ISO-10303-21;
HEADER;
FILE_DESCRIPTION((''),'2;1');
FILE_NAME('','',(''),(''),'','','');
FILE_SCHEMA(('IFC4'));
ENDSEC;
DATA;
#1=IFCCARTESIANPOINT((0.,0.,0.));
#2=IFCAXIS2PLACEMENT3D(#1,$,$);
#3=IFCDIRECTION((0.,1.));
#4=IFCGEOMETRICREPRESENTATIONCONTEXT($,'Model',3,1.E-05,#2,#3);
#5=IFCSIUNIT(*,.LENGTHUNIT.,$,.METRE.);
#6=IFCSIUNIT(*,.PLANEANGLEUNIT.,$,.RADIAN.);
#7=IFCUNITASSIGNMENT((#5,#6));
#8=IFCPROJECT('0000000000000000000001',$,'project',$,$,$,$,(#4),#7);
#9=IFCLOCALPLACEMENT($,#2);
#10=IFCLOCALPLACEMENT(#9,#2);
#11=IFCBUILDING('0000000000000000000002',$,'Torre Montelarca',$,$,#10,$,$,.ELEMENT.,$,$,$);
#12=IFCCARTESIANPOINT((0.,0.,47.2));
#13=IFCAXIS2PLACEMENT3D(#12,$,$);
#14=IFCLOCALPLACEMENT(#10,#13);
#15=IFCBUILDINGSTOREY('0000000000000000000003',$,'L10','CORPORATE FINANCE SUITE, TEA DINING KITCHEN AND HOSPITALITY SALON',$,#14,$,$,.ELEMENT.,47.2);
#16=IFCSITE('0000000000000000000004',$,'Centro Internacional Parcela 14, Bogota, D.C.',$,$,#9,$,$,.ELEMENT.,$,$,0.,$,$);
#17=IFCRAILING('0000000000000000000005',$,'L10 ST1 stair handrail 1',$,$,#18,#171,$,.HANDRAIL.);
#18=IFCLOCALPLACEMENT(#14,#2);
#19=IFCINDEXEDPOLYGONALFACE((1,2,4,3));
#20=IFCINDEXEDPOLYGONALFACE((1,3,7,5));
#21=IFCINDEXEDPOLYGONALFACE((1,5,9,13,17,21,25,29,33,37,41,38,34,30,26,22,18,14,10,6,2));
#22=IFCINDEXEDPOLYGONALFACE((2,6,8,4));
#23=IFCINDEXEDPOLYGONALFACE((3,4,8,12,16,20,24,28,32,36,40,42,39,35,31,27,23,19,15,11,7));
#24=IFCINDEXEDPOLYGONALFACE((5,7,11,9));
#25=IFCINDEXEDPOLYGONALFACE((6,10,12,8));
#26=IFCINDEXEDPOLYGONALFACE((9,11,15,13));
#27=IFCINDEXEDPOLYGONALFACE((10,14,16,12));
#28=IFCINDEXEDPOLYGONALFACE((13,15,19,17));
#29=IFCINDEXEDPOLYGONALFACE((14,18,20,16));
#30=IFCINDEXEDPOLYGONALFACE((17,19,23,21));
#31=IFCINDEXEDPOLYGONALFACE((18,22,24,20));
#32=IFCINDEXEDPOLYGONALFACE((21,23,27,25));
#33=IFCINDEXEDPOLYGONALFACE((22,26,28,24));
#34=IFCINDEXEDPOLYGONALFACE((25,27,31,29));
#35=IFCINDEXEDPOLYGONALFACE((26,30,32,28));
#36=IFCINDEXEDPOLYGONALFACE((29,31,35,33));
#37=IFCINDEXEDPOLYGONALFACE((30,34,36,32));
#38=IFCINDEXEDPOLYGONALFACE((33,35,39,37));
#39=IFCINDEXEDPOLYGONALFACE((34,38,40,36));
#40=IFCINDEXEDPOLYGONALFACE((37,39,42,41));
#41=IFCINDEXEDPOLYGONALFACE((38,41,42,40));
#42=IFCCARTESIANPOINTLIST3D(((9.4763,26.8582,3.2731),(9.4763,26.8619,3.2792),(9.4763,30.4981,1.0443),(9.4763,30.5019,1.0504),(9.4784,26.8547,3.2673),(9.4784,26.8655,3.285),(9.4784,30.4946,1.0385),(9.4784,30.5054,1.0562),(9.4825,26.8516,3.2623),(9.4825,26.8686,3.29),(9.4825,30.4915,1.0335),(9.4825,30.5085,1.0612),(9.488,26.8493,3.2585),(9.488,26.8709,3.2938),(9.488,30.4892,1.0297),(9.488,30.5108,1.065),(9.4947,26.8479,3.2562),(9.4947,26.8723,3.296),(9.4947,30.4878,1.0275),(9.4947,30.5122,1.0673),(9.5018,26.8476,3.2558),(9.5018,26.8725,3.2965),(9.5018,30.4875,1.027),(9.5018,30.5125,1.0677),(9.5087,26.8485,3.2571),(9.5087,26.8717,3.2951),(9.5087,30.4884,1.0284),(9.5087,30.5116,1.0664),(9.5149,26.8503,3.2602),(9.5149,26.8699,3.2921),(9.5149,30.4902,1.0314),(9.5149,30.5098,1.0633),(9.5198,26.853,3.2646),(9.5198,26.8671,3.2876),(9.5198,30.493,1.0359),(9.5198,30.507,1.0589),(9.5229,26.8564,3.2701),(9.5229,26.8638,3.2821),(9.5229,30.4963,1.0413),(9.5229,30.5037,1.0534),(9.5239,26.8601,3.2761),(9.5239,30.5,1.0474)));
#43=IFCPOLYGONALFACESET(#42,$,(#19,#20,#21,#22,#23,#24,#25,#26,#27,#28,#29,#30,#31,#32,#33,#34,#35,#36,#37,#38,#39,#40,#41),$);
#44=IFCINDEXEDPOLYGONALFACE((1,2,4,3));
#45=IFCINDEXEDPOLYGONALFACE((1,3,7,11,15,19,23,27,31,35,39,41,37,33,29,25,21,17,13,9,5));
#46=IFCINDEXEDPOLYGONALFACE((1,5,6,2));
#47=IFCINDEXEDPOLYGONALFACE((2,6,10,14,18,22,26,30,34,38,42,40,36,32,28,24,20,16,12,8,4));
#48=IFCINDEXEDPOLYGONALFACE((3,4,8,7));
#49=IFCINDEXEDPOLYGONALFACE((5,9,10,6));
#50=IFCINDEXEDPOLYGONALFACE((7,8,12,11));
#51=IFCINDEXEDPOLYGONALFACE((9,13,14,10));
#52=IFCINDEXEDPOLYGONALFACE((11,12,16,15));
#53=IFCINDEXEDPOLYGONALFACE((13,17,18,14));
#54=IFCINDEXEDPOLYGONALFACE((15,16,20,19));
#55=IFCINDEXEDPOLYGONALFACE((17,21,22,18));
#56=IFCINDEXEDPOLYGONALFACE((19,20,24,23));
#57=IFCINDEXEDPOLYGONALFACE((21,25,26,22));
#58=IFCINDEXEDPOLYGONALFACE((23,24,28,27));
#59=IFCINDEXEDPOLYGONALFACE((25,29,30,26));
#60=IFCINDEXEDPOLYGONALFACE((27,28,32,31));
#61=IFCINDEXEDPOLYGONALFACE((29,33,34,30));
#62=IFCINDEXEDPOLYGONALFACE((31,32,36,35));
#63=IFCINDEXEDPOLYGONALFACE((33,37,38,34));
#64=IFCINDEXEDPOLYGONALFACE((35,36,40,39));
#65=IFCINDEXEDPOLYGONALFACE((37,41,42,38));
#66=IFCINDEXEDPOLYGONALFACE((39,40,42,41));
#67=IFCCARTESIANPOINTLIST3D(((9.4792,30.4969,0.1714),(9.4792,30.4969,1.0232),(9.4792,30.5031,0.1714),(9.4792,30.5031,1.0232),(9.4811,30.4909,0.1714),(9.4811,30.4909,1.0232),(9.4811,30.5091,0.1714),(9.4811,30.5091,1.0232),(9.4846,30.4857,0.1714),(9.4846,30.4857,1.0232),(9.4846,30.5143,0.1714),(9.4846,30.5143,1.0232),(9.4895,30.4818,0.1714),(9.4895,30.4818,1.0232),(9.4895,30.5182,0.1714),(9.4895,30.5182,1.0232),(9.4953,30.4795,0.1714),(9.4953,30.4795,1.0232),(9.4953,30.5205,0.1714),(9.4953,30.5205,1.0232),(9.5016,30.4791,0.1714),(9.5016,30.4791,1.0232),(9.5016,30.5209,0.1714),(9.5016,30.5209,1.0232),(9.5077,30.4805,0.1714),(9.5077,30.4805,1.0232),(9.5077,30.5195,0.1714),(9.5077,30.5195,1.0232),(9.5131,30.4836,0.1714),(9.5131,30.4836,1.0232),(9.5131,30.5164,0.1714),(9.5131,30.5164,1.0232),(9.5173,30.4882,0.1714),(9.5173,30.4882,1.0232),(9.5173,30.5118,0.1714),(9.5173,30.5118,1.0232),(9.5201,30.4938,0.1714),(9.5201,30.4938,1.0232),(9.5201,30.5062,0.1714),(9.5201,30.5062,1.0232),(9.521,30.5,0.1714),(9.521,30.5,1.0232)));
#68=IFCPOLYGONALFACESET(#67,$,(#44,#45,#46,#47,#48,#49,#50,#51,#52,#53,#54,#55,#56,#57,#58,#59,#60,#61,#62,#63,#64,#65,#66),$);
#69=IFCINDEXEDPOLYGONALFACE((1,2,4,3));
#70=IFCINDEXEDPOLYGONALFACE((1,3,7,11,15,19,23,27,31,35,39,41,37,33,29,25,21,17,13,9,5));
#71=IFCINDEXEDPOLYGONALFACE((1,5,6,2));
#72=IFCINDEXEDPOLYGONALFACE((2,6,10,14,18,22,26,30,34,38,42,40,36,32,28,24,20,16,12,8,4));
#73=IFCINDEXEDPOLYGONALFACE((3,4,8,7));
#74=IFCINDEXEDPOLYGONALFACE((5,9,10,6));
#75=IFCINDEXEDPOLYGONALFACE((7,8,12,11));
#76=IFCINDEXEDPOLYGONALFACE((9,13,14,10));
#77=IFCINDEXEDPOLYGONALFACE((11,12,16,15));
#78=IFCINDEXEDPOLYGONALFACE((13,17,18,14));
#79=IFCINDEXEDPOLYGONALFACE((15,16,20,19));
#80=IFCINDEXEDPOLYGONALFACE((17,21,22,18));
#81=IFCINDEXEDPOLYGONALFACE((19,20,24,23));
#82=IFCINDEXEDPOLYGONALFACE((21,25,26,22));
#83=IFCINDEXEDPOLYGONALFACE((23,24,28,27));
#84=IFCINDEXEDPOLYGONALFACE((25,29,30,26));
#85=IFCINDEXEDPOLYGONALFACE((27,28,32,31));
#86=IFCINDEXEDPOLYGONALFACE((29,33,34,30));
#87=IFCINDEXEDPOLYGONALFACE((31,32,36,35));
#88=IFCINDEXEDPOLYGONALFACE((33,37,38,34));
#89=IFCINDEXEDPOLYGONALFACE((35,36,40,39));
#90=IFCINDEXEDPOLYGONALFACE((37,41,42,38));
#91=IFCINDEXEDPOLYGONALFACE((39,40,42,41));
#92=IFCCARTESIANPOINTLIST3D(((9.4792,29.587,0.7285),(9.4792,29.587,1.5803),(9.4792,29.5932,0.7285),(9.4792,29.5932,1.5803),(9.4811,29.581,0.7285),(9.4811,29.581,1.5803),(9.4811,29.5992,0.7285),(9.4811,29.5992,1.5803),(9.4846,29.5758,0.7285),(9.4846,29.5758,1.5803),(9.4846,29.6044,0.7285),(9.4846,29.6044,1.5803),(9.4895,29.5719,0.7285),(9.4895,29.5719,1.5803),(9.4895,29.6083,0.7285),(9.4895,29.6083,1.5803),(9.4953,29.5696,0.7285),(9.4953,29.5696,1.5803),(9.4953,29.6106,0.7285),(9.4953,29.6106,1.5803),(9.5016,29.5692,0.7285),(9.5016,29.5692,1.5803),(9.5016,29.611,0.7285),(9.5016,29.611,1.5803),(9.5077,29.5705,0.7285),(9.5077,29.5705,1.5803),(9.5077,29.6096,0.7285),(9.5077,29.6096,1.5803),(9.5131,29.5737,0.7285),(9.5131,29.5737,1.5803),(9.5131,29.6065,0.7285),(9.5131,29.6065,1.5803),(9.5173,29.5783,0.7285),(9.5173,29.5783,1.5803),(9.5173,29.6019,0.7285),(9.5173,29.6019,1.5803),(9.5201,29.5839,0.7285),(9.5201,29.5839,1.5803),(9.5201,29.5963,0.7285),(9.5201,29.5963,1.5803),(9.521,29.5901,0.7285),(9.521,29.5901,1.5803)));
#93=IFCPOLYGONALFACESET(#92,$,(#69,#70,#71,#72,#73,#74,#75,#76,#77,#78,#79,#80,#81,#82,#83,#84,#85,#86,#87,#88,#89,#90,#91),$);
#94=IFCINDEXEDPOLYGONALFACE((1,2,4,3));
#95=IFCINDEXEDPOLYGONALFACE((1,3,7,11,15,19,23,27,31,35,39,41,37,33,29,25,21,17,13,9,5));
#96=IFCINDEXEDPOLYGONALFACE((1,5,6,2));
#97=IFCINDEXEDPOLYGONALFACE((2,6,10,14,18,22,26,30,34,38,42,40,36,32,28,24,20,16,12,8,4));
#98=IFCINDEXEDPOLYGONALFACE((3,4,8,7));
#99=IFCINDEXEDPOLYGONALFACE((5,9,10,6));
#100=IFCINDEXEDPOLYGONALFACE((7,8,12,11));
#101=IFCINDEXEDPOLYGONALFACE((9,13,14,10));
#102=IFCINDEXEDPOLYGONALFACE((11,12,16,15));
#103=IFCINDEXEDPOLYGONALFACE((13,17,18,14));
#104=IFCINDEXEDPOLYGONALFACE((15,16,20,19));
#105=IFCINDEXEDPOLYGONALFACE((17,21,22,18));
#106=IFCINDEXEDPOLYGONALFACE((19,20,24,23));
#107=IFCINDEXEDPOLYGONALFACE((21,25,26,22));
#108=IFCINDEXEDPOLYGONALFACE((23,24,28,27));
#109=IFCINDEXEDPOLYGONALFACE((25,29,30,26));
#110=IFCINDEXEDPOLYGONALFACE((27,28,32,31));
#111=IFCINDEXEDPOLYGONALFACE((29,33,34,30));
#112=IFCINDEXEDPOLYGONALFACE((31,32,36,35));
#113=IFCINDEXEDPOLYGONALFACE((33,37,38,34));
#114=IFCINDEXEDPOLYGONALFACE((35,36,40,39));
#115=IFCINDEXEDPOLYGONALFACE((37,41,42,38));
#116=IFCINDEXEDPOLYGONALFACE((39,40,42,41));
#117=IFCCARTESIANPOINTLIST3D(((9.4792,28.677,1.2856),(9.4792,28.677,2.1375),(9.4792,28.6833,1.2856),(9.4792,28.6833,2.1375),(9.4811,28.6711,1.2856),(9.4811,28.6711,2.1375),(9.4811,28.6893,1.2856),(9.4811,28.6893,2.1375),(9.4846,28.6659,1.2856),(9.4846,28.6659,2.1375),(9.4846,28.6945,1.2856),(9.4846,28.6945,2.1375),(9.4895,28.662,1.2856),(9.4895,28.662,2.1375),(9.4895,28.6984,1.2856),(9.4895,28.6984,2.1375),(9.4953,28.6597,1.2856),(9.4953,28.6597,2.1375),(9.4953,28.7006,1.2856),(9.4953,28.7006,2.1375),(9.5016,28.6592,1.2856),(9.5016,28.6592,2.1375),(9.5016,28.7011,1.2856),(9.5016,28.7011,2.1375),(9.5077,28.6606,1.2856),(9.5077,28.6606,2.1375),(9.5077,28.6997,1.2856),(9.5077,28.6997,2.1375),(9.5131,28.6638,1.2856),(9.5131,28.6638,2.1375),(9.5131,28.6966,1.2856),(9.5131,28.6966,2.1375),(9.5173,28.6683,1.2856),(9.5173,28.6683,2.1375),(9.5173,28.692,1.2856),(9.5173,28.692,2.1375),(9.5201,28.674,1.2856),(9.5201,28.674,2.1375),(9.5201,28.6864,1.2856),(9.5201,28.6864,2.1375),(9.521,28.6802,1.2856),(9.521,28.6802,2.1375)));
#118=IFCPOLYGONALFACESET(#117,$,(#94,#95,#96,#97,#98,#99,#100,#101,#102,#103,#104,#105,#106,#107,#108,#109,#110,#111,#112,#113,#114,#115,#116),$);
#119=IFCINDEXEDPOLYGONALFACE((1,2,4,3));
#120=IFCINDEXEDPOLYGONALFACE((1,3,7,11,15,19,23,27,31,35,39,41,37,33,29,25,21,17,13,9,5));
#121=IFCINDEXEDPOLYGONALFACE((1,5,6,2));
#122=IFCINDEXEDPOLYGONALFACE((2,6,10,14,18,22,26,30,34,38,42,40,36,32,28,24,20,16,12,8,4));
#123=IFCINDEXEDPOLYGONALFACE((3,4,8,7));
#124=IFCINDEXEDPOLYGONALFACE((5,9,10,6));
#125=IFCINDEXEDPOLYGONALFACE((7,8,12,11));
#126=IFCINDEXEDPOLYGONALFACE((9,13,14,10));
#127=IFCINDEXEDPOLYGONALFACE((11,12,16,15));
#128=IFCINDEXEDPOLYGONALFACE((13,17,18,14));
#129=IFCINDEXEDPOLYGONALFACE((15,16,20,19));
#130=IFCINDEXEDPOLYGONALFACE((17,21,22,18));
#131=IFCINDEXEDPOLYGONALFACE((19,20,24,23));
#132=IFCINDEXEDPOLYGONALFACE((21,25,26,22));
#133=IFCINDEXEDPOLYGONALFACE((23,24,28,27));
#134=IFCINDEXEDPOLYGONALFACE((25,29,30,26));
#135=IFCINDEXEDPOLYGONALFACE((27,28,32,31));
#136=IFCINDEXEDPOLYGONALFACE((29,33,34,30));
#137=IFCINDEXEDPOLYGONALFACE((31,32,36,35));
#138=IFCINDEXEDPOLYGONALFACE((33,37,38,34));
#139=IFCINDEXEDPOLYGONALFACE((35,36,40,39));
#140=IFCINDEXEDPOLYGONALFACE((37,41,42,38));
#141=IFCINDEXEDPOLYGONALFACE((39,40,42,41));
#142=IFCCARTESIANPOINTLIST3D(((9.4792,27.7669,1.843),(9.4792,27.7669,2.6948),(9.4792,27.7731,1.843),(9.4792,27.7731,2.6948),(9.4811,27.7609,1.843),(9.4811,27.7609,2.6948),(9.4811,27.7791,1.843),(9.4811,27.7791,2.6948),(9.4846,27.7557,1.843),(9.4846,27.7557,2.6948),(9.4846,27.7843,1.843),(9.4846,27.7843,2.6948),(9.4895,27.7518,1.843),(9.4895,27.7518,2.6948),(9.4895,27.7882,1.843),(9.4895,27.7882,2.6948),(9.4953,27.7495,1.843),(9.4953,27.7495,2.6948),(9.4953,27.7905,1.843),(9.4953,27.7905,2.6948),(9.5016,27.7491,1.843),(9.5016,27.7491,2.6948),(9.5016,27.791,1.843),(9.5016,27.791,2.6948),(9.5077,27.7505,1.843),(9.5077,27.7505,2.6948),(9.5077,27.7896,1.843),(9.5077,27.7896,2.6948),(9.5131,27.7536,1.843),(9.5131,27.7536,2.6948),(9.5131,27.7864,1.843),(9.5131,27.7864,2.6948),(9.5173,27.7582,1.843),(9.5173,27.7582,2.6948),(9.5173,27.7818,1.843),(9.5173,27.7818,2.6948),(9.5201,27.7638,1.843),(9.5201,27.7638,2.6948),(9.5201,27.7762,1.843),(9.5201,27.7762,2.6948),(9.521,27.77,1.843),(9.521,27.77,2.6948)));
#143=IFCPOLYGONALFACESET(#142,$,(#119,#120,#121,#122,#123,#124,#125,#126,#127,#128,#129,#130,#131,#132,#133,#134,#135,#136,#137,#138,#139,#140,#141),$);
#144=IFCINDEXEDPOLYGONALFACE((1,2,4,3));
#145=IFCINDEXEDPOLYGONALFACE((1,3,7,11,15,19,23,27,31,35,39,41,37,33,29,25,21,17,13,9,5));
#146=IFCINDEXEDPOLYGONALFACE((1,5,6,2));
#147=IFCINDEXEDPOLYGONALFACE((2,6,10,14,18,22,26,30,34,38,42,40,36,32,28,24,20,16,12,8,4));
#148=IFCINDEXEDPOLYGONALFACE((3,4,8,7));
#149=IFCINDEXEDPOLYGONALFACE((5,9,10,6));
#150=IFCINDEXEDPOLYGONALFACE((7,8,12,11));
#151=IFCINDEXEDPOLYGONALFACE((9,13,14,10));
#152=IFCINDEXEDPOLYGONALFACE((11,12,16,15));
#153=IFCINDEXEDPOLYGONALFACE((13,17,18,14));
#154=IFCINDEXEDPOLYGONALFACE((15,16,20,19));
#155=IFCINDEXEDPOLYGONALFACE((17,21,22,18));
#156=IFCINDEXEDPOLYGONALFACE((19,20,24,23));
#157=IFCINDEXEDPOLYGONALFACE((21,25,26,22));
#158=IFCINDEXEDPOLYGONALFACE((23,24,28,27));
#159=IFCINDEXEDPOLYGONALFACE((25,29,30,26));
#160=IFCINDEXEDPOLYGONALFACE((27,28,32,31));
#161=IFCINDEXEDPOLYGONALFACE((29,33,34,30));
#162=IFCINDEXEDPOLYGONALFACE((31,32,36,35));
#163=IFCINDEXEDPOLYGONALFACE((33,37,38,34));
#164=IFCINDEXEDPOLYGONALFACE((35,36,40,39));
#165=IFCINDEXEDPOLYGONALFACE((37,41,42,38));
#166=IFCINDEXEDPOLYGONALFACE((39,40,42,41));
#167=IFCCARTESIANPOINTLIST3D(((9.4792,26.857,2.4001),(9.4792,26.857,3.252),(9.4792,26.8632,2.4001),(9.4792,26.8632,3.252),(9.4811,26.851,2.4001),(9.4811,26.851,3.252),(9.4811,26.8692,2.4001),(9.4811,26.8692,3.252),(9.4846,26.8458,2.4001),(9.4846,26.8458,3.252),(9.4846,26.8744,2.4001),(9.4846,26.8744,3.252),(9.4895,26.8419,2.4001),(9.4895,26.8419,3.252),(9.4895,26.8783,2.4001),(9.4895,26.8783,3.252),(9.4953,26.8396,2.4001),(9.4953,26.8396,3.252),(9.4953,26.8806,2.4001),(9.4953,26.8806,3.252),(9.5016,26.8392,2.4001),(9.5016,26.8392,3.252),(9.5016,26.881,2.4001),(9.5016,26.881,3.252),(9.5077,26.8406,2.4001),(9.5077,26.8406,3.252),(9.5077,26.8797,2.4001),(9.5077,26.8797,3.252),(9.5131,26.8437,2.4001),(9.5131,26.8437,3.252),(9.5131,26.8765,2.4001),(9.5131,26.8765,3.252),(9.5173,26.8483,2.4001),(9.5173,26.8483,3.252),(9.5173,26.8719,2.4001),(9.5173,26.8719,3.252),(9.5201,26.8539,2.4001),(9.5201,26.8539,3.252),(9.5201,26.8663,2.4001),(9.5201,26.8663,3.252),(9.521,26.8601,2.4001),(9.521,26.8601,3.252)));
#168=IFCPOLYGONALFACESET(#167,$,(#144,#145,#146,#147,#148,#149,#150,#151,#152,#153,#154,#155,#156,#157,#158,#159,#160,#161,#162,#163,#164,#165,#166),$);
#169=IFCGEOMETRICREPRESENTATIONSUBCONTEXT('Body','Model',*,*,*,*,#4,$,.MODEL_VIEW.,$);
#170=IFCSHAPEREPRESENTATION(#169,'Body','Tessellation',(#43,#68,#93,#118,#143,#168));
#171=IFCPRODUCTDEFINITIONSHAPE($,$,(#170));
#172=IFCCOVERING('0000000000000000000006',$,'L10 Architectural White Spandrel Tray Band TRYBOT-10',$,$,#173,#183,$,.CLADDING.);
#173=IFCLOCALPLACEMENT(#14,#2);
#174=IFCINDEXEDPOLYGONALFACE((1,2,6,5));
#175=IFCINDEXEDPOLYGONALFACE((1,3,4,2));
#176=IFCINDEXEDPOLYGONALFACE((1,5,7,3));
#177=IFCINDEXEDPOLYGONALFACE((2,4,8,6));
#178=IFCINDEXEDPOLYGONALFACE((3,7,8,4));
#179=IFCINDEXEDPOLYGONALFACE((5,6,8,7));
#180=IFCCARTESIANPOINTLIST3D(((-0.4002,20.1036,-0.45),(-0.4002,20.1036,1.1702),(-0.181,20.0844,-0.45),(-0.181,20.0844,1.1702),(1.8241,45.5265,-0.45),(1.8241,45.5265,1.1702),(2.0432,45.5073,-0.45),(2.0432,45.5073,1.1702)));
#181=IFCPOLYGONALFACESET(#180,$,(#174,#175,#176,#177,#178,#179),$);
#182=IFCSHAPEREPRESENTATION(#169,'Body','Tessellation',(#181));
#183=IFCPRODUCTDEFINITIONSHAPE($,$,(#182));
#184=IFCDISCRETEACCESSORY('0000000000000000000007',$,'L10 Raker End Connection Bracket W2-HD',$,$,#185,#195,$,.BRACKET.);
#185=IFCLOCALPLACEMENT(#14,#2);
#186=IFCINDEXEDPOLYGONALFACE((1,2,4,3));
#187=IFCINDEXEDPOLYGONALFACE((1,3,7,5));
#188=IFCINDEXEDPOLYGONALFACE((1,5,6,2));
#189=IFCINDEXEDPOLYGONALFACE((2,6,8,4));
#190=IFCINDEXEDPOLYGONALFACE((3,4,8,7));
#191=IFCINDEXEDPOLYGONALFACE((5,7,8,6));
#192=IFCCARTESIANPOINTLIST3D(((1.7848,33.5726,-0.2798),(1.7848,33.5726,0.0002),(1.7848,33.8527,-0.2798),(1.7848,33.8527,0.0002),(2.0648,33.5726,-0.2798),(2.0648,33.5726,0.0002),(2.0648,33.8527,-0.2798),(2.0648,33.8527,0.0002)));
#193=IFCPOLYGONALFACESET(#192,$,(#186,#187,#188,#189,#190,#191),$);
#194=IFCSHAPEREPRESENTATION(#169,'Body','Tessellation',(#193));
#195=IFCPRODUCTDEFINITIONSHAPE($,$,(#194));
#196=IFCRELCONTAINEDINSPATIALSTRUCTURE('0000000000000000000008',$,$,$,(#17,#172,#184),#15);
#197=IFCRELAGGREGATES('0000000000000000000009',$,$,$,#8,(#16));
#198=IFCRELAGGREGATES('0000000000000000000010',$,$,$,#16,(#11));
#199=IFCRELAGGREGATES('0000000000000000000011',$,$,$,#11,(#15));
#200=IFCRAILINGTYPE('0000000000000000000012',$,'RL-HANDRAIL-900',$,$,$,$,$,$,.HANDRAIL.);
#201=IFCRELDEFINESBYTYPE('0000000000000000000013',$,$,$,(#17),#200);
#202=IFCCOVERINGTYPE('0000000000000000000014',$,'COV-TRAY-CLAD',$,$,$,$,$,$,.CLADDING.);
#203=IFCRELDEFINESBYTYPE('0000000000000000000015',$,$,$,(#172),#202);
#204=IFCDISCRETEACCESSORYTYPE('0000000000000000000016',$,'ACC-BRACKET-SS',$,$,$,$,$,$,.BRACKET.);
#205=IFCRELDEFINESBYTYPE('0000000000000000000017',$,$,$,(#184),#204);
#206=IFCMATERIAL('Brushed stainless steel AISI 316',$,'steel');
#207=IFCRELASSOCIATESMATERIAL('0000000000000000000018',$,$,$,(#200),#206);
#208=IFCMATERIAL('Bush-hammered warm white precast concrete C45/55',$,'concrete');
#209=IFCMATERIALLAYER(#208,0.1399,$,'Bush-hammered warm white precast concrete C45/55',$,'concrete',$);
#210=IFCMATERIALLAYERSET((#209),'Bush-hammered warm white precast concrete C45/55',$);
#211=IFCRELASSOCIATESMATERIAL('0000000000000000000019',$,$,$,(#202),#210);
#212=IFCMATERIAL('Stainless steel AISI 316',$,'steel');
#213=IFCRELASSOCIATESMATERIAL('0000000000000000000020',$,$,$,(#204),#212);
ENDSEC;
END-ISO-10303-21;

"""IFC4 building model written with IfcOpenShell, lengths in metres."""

from ifc_helpers import new_model, si_unit, direction, frame, origin, origin_2d, place, context, subcontext, project, spatial, rectangle, circle, extrude, source, transform, mapped, material, layer, layer_set, type_object, element, save


model = new_model("IFC4")

# Units and contexts
model_context = context("Model", 3, precision=1e-05, world=origin(), true_north=direction((0.0, 1.0)))
body_context = subcontext(model_context, "Body", "Model", "MODEL_VIEW")
ifc_project = project(units=[si_unit("LENGTHUNIT", "METRE"), si_unit("PLANEANGLEUNIT", "RADIAN")], contexts=[model_context])

# Site, building, storey
site_placement = place(None, origin())
site = spatial("IfcSite", under=ifc_project, at=site_placement, Name="Centro Internacional Parcela 14, Bogota, D.C.", CompositionType="ELEMENT", RefElevation=0.0)
building_placement = place(site_placement, origin())
building = spatial("IfcBuilding", under=site, at=building_placement, Name="Torre Montelarca", CompositionType="ELEMENT")
storey_placement = place(building_placement, frame((0.0, 0.0, 47.2)))
storey = spatial("IfcBuildingStorey", under=building, at=storey_placement, Name="L10", Description="CORPORATE FINANCE SUITE, TEA DINING KITCHEN AND HOSPITALITY SALON", CompositionType="ELEMENT", Elevation=47.2)

# Shared definitions
ifc_material_1 = material(Name="Brushed stainless steel AISI 316", Category="steel")

# Railing
railing_type_1 = type_object("IfcRailingType", Name="RL-HANDRAIL-900", PredefinedType="HANDRAIL", material=ifc_material_1)
railing_1_placement = place(storey_placement, frame((9.5, 30.5, 0.1714)))
element("IfcRailing", 1, at=railing_1_placement, inside=storey, type_object=railing_type_1, Name="L10 ST1 stair handrail 1", PredefinedType="HANDRAIL", context=body_context, shape_type="SweptSolid", body=[
    extrude(circle(Radius=0.0239, at=origin_2d()), frame((0.0, 0.0, 0.876), z_axis=(0.0, -0.852825, 0.522197), x_axis=(1.0, 0.0, 0.0)), (0.0, 0.0, 1.0), 4.2681),
    extrude(circle(Radius=0.021, at=origin_2d()), origin(), (0.0, 0.0, 1.0), 0.8518),
    extrude(circle(Radius=0.021, at=origin_2d()), frame((0.0, -0.9099, 0.5571)), (0.0, 0.0, 1.0), 0.8518),
    extrude(circle(Radius=0.021, at=origin_2d()), frame((0.0, -1.8198, 1.1143)), (0.0, 0.0, 1.0), 0.8518),
    extrude(circle(Radius=0.021, at=origin_2d()), frame((0.0, -2.73, 1.6716)), (0.0, 0.0, 1.0), 0.8518),
    extrude(circle(Radius=0.021, at=origin_2d()), frame((0.0, -3.6399, 2.2288)), (0.0, 0.0, 1.0), 0.8518),
])

# Covering
ifc_material_2 = material(Name="Bush-hammered warm white precast concrete C45/55", Category="concrete")
ifc_layer_1 = layer(ifc_material_2, 0.1399, Name="Bush-hammered warm white precast concrete C45/55", Category="concrete")
ifc_layer_set_1 = layer_set([ifc_layer_1], Name="Bush-hammered warm white precast concrete C45/55")
covering_type = type_object("IfcCoveringType", Name="COV-TRAY-CLAD", PredefinedType="CLADDING", material=ifc_layer_set_1)
shared_shape_1 = source(origin(), body_context, "Body", "SweptSolid", [
    extrude(rectangle(XDim=25.52, YDim=0.22, at=origin_2d()), origin(), (0.0, 0.0, 1.0), 1.6201),
])
covering_placement = place(storey_placement, frame((0.8215, 32.8054, -0.45), z_axis=(0.0, 0.0, 1.0), x_axis=(-0.087157, -0.996195, 0.0)))
element("IfcCovering", 2, at=covering_placement, inside=storey, type_object=covering_type, Name="L10 Architectural White Spandrel Tray Band TRYBOT-10", PredefinedType="CLADDING", context=body_context, shape_type="MappedRepresentation", body=[
    mapped(shared_shape_1, transform((0.0, 0.0, 0.0), scale=1.0)),
])

# Discrete accessory
ifc_material_3 = material(Name="Stainless steel AISI 316", Category="steel")
discrete_accessory_type = type_object("IfcDiscreteAccessoryType", Name="ACC-BRACKET-SS", PredefinedType="BRACKET", material=ifc_material_3)
shared_shape_2 = source(origin(), body_context, "Body", "SweptSolid", [
    extrude(rectangle(XDim=0.28, YDim=0.28, at=origin_2d()), origin(), (0.0, 0.0, 1.0), 0.28),
])
discrete_accessory_placement = place(storey_placement, frame((1.9248, 33.7126, -0.2798), z_axis=(0.0, 0.0, 1.0), x_axis=(1.0, 0.0, 0.0)))
element("IfcDiscreteAccessory", 3, at=discrete_accessory_placement, inside=storey, type_object=discrete_accessory_type, Name="L10 Raker End Connection Bracket W2-HD", PredefinedType="BRACKET", context=body_context, shape_type="MappedRepresentation", body=[
    mapped(shared_shape_2, transform((0.0, 0.0, 0.0), scale=1.0)),
])

save(model, "model.ifc")
